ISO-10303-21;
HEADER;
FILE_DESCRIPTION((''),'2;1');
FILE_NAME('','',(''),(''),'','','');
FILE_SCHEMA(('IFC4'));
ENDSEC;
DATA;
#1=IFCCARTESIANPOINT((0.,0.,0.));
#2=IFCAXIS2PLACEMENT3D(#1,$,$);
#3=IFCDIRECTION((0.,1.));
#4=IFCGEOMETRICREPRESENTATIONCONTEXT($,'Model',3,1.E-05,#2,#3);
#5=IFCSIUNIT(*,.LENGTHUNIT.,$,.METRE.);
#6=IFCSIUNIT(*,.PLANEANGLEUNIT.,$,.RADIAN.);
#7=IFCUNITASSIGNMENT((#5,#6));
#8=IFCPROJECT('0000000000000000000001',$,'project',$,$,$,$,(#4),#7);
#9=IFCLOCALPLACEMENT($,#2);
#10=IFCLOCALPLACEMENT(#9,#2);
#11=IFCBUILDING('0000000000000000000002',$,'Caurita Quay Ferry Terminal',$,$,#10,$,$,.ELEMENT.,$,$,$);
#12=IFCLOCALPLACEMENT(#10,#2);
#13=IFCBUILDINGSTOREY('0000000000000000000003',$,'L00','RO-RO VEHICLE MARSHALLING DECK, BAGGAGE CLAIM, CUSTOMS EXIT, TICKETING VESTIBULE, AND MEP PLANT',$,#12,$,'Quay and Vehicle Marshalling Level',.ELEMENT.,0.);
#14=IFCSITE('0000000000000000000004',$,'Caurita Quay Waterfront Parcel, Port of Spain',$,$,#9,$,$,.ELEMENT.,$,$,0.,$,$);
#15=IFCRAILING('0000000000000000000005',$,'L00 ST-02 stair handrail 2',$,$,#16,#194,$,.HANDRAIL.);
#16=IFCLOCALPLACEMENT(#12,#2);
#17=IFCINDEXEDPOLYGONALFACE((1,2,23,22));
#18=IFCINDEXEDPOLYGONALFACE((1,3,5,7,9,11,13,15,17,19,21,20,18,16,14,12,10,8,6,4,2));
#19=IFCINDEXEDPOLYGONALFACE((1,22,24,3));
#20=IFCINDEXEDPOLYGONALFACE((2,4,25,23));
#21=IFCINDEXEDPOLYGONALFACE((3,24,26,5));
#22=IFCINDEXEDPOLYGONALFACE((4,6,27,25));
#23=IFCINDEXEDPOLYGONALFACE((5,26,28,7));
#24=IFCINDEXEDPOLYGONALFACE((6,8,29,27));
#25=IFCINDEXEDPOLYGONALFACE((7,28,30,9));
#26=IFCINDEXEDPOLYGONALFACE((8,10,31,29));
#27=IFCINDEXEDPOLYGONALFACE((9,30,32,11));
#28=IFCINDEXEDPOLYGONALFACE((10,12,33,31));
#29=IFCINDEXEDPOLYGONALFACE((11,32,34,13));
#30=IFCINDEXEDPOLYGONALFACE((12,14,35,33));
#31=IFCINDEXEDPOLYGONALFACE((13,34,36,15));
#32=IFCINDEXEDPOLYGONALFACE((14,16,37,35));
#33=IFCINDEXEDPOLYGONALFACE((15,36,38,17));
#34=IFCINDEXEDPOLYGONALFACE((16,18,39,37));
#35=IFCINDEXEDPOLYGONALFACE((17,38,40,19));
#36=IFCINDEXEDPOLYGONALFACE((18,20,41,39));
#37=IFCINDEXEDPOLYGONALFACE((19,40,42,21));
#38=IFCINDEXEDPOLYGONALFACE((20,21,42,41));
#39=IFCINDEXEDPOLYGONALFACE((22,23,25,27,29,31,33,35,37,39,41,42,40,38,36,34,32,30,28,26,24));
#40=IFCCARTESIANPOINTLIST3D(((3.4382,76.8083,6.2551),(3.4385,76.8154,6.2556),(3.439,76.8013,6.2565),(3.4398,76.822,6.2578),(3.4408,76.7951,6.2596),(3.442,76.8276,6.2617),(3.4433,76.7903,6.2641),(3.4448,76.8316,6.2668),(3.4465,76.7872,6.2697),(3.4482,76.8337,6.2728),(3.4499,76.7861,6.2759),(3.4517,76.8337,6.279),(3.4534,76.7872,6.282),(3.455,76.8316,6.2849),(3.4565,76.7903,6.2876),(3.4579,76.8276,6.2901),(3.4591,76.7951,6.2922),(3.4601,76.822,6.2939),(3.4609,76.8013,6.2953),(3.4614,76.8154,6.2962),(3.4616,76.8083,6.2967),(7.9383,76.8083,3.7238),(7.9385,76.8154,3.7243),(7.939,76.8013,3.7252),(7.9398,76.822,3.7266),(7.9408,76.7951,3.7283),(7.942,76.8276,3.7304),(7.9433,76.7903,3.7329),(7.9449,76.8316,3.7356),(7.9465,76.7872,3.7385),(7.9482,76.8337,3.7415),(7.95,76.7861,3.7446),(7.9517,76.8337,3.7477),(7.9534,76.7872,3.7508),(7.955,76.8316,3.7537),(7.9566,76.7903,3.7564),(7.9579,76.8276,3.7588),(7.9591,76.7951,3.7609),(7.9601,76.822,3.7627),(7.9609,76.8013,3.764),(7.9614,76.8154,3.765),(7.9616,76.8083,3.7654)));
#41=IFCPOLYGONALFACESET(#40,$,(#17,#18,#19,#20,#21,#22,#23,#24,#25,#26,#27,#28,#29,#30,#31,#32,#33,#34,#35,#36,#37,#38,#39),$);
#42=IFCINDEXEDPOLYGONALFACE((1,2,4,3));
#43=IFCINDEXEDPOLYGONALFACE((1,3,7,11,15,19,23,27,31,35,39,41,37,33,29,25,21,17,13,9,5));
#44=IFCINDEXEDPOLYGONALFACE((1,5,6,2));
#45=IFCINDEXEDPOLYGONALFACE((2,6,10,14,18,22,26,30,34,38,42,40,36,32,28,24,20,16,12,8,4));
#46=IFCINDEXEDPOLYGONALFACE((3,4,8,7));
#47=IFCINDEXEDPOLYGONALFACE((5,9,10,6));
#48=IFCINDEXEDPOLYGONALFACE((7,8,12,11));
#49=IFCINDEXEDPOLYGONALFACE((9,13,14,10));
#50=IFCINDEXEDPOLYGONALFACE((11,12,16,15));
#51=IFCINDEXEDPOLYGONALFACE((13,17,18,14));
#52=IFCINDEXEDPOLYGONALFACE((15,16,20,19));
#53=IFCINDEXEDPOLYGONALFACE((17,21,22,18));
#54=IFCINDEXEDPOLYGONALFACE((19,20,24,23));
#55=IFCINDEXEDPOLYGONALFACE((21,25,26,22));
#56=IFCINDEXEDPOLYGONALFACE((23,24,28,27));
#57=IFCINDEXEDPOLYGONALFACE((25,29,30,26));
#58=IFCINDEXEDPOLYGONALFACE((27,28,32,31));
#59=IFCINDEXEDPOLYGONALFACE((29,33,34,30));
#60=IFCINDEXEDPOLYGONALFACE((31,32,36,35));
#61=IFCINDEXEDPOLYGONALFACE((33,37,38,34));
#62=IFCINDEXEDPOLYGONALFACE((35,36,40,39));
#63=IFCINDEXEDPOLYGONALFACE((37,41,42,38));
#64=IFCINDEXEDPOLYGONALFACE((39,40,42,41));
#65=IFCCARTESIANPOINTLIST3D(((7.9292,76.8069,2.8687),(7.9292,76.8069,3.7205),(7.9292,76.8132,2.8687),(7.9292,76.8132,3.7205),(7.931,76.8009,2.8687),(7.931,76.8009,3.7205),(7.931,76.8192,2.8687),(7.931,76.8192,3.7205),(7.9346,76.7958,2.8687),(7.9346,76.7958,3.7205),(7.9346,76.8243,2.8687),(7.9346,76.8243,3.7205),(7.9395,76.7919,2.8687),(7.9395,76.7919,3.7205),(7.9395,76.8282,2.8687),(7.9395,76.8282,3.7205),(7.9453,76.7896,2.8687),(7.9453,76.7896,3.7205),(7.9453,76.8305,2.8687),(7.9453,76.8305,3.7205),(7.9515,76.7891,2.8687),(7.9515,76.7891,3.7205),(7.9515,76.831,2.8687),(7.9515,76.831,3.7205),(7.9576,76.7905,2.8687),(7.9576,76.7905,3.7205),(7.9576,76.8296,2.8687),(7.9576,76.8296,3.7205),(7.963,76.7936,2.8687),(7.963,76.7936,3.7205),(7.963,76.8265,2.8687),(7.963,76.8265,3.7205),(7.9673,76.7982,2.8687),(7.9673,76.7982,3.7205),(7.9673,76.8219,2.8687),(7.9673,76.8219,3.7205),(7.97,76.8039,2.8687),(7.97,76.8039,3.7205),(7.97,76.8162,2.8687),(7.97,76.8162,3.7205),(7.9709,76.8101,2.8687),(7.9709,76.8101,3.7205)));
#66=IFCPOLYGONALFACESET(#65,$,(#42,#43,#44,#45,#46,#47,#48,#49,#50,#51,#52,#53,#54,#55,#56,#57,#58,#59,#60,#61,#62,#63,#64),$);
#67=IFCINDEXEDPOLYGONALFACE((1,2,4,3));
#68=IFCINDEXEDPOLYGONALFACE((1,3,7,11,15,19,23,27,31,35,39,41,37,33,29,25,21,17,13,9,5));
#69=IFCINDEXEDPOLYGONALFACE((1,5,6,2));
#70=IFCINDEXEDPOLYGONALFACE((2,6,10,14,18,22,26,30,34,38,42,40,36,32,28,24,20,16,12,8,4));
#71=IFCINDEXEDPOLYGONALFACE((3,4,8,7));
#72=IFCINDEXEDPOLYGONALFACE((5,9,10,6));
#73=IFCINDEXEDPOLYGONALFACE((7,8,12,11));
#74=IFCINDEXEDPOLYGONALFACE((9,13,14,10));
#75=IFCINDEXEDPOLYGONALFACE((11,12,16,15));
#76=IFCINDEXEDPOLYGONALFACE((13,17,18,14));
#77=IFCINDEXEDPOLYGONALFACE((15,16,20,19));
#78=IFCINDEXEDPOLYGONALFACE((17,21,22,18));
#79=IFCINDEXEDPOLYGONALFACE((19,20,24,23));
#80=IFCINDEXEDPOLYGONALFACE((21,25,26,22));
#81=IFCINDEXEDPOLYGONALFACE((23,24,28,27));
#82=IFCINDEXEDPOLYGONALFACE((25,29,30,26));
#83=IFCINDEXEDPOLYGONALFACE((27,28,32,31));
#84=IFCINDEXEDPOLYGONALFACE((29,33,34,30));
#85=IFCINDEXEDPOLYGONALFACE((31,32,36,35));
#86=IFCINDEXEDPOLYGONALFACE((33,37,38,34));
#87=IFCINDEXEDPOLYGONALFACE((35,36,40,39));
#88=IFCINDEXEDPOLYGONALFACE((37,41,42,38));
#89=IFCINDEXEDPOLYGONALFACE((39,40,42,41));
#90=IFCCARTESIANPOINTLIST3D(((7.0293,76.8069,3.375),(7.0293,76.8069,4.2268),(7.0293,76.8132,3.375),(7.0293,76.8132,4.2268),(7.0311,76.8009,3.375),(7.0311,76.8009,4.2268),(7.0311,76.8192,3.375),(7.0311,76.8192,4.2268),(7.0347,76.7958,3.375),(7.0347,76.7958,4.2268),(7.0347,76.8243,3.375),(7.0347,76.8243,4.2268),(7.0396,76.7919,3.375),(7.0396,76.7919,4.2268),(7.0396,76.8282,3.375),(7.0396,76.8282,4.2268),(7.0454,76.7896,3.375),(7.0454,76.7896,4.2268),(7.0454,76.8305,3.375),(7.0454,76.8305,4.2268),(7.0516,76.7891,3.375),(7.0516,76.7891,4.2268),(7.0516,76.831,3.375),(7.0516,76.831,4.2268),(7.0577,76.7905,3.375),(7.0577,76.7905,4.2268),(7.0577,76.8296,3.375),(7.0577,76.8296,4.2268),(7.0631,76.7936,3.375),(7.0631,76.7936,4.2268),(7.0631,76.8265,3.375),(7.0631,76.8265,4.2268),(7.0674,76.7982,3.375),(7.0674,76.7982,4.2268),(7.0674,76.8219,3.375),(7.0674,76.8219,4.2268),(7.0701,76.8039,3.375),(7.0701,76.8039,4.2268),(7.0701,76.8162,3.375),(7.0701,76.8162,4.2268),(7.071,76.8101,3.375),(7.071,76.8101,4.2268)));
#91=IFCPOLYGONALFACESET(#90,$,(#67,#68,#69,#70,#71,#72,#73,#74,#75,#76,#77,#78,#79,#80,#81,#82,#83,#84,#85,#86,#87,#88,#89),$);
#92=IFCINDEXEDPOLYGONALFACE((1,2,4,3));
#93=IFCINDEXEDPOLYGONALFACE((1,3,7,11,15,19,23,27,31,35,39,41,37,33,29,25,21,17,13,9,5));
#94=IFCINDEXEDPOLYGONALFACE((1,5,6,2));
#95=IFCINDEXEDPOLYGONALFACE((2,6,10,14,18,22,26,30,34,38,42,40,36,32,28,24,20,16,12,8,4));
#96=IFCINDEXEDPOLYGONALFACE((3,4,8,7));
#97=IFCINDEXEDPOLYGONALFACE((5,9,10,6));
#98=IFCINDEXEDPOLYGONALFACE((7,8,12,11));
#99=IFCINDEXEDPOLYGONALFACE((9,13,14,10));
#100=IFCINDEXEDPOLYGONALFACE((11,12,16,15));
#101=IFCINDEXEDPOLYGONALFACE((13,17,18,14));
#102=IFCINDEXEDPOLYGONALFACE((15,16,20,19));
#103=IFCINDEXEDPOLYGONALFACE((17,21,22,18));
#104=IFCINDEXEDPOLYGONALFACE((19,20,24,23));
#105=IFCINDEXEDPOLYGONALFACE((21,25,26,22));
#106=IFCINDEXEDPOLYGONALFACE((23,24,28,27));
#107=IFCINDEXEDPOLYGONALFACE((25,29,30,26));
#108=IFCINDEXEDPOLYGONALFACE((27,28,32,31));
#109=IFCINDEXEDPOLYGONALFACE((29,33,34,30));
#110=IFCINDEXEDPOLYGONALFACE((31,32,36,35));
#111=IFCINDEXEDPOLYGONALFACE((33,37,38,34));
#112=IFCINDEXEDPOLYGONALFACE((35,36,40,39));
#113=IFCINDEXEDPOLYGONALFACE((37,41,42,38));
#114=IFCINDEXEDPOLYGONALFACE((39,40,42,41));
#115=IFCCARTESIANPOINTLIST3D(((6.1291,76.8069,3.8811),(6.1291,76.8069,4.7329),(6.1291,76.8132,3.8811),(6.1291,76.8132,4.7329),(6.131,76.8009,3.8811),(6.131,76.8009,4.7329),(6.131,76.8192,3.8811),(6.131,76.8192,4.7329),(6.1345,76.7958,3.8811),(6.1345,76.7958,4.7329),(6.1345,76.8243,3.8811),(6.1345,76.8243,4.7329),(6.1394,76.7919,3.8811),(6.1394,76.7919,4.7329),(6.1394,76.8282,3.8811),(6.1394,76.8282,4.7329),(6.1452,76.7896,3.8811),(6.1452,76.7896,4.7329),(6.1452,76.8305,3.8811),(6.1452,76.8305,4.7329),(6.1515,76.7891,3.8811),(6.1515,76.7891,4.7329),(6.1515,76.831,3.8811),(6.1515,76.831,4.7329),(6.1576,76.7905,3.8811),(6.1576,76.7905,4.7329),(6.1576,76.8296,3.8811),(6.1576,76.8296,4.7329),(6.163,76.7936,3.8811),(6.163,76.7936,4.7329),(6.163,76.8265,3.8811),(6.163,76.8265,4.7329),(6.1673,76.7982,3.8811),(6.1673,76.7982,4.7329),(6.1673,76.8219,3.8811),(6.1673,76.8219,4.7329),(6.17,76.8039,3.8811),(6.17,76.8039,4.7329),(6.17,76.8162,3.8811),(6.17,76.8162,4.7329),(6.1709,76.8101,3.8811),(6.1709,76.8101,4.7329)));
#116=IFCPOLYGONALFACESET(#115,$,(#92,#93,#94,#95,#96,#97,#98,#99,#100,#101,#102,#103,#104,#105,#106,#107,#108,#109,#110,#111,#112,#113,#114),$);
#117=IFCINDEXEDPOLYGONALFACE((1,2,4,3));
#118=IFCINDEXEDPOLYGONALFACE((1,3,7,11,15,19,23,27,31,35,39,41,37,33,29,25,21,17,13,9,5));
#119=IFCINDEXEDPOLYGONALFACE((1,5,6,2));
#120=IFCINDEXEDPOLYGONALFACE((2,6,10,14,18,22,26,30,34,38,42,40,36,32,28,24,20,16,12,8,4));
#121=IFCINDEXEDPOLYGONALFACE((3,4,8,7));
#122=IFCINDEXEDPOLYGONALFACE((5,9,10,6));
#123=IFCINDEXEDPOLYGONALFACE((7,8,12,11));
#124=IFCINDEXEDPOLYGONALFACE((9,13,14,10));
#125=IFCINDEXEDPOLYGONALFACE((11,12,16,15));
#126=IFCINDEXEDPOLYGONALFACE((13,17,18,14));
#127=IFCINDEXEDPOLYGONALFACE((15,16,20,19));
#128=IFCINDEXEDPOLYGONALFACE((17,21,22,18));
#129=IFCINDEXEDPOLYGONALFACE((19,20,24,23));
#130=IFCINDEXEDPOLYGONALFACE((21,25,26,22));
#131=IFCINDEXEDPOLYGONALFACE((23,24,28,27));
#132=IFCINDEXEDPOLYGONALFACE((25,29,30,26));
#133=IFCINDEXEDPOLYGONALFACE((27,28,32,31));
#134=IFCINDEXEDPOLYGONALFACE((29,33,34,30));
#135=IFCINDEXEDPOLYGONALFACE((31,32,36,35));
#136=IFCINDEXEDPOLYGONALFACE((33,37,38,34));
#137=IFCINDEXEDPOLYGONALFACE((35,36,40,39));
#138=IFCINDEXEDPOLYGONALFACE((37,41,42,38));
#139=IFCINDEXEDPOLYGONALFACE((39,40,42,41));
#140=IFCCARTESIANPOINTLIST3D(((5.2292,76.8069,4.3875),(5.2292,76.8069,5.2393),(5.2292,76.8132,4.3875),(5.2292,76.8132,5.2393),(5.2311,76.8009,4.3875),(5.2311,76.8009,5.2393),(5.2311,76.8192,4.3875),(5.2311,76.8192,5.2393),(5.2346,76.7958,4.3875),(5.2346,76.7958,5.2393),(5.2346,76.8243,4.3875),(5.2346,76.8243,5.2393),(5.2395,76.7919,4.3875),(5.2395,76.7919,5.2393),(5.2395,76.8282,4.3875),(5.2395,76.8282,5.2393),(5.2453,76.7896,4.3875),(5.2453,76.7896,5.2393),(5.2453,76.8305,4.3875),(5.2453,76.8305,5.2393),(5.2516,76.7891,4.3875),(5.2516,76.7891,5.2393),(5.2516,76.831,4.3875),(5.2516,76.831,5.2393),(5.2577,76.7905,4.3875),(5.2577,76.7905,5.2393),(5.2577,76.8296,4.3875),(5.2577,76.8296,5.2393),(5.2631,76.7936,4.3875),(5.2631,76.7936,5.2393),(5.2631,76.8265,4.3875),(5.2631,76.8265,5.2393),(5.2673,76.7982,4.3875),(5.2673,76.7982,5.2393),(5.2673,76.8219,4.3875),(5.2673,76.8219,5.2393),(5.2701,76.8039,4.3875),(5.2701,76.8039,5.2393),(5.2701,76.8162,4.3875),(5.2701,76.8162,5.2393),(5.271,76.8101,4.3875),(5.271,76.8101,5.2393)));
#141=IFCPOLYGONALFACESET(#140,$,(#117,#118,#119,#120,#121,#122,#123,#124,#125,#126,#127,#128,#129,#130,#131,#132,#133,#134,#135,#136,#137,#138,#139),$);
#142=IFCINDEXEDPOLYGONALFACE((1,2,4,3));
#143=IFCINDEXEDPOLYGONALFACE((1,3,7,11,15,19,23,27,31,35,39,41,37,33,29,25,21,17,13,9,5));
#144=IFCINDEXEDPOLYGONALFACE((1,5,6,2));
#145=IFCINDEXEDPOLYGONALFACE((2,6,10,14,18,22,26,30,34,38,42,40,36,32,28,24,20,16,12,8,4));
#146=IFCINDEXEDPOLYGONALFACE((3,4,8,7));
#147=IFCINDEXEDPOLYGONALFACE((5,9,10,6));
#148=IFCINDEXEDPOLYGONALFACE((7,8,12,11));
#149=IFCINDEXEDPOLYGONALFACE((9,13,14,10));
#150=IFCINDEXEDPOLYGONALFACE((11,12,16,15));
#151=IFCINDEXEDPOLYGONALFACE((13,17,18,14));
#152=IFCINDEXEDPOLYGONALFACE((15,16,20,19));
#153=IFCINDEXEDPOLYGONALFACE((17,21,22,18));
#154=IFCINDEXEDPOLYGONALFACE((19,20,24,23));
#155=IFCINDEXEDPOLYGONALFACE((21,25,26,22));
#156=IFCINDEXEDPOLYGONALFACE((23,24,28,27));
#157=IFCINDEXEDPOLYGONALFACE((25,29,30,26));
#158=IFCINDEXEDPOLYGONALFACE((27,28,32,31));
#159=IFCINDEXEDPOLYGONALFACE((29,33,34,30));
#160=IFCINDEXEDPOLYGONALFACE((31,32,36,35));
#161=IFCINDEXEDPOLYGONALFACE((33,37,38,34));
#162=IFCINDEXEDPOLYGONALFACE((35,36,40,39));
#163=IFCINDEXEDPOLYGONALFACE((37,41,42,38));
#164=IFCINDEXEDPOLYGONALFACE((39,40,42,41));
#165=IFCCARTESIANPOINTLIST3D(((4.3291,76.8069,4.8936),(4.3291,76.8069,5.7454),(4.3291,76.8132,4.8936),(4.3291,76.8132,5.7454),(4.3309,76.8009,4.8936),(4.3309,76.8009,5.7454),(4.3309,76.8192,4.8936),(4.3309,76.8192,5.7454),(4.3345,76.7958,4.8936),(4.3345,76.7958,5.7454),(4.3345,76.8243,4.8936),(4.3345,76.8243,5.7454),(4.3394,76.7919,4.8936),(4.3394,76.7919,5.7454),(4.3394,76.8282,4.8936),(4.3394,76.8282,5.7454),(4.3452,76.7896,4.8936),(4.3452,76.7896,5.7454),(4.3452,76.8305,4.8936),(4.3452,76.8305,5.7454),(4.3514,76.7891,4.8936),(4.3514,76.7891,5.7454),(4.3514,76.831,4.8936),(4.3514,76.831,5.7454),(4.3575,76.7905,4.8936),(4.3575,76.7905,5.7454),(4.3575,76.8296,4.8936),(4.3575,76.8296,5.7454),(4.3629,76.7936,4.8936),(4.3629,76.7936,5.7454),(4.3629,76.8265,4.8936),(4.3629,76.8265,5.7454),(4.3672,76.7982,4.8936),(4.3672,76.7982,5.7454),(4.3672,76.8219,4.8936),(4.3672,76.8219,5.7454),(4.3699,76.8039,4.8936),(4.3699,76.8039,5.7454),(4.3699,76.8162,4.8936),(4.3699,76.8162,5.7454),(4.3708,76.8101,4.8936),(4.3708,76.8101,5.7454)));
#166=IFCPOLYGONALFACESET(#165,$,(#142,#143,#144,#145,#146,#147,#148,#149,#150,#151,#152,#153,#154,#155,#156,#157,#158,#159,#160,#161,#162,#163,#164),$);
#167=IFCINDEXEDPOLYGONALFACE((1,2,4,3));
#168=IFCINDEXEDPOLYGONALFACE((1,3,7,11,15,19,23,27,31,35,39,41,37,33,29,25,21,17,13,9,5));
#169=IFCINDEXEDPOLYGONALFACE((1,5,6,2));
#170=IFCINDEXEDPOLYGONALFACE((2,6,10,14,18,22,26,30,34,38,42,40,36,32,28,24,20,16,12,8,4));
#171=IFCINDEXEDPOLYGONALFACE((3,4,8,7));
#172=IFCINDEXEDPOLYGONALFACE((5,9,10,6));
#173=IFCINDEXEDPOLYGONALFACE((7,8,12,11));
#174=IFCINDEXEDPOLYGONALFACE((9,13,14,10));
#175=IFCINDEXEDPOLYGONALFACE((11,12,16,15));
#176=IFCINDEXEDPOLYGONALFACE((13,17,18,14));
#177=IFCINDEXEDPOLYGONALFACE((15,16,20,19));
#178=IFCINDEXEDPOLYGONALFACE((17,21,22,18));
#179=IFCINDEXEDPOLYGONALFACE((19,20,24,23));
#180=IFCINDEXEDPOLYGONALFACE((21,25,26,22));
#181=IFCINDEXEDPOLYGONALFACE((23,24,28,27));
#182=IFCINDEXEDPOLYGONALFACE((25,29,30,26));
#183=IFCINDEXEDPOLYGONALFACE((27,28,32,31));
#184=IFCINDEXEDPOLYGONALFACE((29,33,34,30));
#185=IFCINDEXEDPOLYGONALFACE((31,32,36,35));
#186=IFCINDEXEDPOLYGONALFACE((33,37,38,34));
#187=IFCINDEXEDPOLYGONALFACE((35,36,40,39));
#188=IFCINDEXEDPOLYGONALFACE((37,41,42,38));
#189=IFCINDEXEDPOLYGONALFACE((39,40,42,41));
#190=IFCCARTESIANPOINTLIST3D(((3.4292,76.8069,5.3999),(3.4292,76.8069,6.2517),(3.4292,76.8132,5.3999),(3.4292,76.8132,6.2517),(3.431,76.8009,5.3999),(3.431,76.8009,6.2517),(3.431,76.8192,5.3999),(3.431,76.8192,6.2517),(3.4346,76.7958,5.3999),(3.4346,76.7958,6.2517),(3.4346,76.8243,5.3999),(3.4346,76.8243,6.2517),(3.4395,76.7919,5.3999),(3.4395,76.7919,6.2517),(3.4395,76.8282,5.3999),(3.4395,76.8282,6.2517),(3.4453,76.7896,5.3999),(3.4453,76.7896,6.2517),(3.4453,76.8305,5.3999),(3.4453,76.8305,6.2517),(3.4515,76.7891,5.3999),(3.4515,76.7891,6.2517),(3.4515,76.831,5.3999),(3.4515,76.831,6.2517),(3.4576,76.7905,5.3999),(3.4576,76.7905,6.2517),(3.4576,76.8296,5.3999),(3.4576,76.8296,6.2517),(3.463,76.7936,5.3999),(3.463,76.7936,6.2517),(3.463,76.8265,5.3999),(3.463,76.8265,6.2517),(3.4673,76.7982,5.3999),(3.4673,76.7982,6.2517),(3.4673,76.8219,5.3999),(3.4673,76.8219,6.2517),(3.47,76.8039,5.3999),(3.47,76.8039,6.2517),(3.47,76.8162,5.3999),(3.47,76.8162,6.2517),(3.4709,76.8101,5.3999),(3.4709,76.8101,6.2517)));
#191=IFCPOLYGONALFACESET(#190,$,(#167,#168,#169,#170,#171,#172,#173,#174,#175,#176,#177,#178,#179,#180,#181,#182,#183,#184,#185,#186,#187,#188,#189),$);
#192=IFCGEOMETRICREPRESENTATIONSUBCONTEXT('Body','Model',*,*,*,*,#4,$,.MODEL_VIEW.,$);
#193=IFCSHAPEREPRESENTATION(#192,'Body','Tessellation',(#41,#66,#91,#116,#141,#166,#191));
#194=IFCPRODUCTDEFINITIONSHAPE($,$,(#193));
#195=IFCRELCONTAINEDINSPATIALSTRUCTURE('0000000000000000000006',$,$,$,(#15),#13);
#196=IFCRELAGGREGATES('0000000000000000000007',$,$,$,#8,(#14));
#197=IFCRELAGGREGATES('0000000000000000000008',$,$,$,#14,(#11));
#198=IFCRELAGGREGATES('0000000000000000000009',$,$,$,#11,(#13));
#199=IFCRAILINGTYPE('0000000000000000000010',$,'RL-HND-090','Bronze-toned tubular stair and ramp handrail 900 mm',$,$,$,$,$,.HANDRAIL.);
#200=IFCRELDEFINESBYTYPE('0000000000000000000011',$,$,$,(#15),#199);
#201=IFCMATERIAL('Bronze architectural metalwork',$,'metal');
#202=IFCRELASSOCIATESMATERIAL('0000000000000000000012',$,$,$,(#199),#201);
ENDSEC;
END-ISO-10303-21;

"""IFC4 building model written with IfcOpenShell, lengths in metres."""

from ifc_helpers import new_model, si_unit, direction, frame, origin, origin_2d, place, context, subcontext, project, spatial, circle, extrude, material, type_object, element, save


model = new_model("IFC4")

# Units and contexts
model_context = context("Model", 3, precision=1e-05, world=origin(), true_north=direction((0.0, 1.0)))
body_context = subcontext(model_context, "Body", "Model", "MODEL_VIEW")
ifc_project = project(units=[si_unit("LENGTHUNIT", "METRE"), si_unit("PLANEANGLEUNIT", "RADIAN")], contexts=[model_context])

# Site, building, storey
site_placement = place(None, origin())
site = spatial("IfcSite", under=ifc_project, at=site_placement, Name="Caurita Quay Waterfront Parcel, Port of Spain", CompositionType="ELEMENT", RefElevation=0.0)
building_placement = place(site_placement, origin())
building = spatial("IfcBuilding", under=site, at=building_placement, Name="Caurita Quay Ferry Terminal", CompositionType="ELEMENT")
storey_placement = place(building_placement, origin())
storey = spatial("IfcBuildingStorey", under=building, at=storey_placement, Name="L00", Description="RO-RO VEHICLE MARSHALLING DECK, BAGGAGE CLAIM, CUSTOMS EXIT, TICKETING VESTIBULE, AND MEP PLANT", LongName="Quay and Vehicle Marshalling Level", CompositionType="ELEMENT", Elevation=0.0)

# Railing
ifc_material_1 = material(Name="Bronze architectural metalwork", Category="metal")
railing_type_1 = type_object("IfcRailingType", Name="RL-HND-090", Description="Bronze-toned tubular stair and ramp handrail 900 mm", PredefinedType="HANDRAIL", material=ifc_material_1)
railing_1_placement = place(storey_placement, frame((7.95, 76.8101, 2.8687)))
element("IfcRailing", 1, at=railing_1_placement, inside=storey, type_object=railing_type_1, Name="L00 ST-02 stair handrail 2", PredefinedType="HANDRAIL", context=body_context, shape_type="SweptSolid", body=[
    extrude(circle(Radius=0.0239, at=origin_2d()), frame((0.0, 0.0, 0.876), z_axis=(-0.871576, 0.0, 0.490261), x_axis=(0.0, -1.0, 0.0)), (0.0, 0.0, 1.0), 5.1631),
    extrude(circle(Radius=0.021, at=origin_2d()), origin(), (0.0, 0.0, 1.0), 0.8518),
    extrude(circle(Radius=0.021, at=origin_2d()), frame((-0.8999, 0.0, 0.5063)), (0.0, 0.0, 1.0), 0.8518),
    extrude(circle(Radius=0.021, at=origin_2d()), frame((-1.8, 0.0, 1.0125)), (0.0, 0.0, 1.0), 0.8518),
    extrude(circle(Radius=0.021, at=origin_2d()), frame((-2.7, 0.0, 1.5188)), (0.0, 0.0, 1.0), 0.8518),
    extrude(circle(Radius=0.021, at=origin_2d()), frame((-3.6001, 0.0, 2.0249)), (0.0, 0.0, 1.0), 0.8518),
    extrude(circle(Radius=0.021, at=origin_2d()), frame((-4.5, 0.0, 2.5312)), (0.0, 0.0, 1.0), 0.8518),
])

save(model, "model.ifc")
